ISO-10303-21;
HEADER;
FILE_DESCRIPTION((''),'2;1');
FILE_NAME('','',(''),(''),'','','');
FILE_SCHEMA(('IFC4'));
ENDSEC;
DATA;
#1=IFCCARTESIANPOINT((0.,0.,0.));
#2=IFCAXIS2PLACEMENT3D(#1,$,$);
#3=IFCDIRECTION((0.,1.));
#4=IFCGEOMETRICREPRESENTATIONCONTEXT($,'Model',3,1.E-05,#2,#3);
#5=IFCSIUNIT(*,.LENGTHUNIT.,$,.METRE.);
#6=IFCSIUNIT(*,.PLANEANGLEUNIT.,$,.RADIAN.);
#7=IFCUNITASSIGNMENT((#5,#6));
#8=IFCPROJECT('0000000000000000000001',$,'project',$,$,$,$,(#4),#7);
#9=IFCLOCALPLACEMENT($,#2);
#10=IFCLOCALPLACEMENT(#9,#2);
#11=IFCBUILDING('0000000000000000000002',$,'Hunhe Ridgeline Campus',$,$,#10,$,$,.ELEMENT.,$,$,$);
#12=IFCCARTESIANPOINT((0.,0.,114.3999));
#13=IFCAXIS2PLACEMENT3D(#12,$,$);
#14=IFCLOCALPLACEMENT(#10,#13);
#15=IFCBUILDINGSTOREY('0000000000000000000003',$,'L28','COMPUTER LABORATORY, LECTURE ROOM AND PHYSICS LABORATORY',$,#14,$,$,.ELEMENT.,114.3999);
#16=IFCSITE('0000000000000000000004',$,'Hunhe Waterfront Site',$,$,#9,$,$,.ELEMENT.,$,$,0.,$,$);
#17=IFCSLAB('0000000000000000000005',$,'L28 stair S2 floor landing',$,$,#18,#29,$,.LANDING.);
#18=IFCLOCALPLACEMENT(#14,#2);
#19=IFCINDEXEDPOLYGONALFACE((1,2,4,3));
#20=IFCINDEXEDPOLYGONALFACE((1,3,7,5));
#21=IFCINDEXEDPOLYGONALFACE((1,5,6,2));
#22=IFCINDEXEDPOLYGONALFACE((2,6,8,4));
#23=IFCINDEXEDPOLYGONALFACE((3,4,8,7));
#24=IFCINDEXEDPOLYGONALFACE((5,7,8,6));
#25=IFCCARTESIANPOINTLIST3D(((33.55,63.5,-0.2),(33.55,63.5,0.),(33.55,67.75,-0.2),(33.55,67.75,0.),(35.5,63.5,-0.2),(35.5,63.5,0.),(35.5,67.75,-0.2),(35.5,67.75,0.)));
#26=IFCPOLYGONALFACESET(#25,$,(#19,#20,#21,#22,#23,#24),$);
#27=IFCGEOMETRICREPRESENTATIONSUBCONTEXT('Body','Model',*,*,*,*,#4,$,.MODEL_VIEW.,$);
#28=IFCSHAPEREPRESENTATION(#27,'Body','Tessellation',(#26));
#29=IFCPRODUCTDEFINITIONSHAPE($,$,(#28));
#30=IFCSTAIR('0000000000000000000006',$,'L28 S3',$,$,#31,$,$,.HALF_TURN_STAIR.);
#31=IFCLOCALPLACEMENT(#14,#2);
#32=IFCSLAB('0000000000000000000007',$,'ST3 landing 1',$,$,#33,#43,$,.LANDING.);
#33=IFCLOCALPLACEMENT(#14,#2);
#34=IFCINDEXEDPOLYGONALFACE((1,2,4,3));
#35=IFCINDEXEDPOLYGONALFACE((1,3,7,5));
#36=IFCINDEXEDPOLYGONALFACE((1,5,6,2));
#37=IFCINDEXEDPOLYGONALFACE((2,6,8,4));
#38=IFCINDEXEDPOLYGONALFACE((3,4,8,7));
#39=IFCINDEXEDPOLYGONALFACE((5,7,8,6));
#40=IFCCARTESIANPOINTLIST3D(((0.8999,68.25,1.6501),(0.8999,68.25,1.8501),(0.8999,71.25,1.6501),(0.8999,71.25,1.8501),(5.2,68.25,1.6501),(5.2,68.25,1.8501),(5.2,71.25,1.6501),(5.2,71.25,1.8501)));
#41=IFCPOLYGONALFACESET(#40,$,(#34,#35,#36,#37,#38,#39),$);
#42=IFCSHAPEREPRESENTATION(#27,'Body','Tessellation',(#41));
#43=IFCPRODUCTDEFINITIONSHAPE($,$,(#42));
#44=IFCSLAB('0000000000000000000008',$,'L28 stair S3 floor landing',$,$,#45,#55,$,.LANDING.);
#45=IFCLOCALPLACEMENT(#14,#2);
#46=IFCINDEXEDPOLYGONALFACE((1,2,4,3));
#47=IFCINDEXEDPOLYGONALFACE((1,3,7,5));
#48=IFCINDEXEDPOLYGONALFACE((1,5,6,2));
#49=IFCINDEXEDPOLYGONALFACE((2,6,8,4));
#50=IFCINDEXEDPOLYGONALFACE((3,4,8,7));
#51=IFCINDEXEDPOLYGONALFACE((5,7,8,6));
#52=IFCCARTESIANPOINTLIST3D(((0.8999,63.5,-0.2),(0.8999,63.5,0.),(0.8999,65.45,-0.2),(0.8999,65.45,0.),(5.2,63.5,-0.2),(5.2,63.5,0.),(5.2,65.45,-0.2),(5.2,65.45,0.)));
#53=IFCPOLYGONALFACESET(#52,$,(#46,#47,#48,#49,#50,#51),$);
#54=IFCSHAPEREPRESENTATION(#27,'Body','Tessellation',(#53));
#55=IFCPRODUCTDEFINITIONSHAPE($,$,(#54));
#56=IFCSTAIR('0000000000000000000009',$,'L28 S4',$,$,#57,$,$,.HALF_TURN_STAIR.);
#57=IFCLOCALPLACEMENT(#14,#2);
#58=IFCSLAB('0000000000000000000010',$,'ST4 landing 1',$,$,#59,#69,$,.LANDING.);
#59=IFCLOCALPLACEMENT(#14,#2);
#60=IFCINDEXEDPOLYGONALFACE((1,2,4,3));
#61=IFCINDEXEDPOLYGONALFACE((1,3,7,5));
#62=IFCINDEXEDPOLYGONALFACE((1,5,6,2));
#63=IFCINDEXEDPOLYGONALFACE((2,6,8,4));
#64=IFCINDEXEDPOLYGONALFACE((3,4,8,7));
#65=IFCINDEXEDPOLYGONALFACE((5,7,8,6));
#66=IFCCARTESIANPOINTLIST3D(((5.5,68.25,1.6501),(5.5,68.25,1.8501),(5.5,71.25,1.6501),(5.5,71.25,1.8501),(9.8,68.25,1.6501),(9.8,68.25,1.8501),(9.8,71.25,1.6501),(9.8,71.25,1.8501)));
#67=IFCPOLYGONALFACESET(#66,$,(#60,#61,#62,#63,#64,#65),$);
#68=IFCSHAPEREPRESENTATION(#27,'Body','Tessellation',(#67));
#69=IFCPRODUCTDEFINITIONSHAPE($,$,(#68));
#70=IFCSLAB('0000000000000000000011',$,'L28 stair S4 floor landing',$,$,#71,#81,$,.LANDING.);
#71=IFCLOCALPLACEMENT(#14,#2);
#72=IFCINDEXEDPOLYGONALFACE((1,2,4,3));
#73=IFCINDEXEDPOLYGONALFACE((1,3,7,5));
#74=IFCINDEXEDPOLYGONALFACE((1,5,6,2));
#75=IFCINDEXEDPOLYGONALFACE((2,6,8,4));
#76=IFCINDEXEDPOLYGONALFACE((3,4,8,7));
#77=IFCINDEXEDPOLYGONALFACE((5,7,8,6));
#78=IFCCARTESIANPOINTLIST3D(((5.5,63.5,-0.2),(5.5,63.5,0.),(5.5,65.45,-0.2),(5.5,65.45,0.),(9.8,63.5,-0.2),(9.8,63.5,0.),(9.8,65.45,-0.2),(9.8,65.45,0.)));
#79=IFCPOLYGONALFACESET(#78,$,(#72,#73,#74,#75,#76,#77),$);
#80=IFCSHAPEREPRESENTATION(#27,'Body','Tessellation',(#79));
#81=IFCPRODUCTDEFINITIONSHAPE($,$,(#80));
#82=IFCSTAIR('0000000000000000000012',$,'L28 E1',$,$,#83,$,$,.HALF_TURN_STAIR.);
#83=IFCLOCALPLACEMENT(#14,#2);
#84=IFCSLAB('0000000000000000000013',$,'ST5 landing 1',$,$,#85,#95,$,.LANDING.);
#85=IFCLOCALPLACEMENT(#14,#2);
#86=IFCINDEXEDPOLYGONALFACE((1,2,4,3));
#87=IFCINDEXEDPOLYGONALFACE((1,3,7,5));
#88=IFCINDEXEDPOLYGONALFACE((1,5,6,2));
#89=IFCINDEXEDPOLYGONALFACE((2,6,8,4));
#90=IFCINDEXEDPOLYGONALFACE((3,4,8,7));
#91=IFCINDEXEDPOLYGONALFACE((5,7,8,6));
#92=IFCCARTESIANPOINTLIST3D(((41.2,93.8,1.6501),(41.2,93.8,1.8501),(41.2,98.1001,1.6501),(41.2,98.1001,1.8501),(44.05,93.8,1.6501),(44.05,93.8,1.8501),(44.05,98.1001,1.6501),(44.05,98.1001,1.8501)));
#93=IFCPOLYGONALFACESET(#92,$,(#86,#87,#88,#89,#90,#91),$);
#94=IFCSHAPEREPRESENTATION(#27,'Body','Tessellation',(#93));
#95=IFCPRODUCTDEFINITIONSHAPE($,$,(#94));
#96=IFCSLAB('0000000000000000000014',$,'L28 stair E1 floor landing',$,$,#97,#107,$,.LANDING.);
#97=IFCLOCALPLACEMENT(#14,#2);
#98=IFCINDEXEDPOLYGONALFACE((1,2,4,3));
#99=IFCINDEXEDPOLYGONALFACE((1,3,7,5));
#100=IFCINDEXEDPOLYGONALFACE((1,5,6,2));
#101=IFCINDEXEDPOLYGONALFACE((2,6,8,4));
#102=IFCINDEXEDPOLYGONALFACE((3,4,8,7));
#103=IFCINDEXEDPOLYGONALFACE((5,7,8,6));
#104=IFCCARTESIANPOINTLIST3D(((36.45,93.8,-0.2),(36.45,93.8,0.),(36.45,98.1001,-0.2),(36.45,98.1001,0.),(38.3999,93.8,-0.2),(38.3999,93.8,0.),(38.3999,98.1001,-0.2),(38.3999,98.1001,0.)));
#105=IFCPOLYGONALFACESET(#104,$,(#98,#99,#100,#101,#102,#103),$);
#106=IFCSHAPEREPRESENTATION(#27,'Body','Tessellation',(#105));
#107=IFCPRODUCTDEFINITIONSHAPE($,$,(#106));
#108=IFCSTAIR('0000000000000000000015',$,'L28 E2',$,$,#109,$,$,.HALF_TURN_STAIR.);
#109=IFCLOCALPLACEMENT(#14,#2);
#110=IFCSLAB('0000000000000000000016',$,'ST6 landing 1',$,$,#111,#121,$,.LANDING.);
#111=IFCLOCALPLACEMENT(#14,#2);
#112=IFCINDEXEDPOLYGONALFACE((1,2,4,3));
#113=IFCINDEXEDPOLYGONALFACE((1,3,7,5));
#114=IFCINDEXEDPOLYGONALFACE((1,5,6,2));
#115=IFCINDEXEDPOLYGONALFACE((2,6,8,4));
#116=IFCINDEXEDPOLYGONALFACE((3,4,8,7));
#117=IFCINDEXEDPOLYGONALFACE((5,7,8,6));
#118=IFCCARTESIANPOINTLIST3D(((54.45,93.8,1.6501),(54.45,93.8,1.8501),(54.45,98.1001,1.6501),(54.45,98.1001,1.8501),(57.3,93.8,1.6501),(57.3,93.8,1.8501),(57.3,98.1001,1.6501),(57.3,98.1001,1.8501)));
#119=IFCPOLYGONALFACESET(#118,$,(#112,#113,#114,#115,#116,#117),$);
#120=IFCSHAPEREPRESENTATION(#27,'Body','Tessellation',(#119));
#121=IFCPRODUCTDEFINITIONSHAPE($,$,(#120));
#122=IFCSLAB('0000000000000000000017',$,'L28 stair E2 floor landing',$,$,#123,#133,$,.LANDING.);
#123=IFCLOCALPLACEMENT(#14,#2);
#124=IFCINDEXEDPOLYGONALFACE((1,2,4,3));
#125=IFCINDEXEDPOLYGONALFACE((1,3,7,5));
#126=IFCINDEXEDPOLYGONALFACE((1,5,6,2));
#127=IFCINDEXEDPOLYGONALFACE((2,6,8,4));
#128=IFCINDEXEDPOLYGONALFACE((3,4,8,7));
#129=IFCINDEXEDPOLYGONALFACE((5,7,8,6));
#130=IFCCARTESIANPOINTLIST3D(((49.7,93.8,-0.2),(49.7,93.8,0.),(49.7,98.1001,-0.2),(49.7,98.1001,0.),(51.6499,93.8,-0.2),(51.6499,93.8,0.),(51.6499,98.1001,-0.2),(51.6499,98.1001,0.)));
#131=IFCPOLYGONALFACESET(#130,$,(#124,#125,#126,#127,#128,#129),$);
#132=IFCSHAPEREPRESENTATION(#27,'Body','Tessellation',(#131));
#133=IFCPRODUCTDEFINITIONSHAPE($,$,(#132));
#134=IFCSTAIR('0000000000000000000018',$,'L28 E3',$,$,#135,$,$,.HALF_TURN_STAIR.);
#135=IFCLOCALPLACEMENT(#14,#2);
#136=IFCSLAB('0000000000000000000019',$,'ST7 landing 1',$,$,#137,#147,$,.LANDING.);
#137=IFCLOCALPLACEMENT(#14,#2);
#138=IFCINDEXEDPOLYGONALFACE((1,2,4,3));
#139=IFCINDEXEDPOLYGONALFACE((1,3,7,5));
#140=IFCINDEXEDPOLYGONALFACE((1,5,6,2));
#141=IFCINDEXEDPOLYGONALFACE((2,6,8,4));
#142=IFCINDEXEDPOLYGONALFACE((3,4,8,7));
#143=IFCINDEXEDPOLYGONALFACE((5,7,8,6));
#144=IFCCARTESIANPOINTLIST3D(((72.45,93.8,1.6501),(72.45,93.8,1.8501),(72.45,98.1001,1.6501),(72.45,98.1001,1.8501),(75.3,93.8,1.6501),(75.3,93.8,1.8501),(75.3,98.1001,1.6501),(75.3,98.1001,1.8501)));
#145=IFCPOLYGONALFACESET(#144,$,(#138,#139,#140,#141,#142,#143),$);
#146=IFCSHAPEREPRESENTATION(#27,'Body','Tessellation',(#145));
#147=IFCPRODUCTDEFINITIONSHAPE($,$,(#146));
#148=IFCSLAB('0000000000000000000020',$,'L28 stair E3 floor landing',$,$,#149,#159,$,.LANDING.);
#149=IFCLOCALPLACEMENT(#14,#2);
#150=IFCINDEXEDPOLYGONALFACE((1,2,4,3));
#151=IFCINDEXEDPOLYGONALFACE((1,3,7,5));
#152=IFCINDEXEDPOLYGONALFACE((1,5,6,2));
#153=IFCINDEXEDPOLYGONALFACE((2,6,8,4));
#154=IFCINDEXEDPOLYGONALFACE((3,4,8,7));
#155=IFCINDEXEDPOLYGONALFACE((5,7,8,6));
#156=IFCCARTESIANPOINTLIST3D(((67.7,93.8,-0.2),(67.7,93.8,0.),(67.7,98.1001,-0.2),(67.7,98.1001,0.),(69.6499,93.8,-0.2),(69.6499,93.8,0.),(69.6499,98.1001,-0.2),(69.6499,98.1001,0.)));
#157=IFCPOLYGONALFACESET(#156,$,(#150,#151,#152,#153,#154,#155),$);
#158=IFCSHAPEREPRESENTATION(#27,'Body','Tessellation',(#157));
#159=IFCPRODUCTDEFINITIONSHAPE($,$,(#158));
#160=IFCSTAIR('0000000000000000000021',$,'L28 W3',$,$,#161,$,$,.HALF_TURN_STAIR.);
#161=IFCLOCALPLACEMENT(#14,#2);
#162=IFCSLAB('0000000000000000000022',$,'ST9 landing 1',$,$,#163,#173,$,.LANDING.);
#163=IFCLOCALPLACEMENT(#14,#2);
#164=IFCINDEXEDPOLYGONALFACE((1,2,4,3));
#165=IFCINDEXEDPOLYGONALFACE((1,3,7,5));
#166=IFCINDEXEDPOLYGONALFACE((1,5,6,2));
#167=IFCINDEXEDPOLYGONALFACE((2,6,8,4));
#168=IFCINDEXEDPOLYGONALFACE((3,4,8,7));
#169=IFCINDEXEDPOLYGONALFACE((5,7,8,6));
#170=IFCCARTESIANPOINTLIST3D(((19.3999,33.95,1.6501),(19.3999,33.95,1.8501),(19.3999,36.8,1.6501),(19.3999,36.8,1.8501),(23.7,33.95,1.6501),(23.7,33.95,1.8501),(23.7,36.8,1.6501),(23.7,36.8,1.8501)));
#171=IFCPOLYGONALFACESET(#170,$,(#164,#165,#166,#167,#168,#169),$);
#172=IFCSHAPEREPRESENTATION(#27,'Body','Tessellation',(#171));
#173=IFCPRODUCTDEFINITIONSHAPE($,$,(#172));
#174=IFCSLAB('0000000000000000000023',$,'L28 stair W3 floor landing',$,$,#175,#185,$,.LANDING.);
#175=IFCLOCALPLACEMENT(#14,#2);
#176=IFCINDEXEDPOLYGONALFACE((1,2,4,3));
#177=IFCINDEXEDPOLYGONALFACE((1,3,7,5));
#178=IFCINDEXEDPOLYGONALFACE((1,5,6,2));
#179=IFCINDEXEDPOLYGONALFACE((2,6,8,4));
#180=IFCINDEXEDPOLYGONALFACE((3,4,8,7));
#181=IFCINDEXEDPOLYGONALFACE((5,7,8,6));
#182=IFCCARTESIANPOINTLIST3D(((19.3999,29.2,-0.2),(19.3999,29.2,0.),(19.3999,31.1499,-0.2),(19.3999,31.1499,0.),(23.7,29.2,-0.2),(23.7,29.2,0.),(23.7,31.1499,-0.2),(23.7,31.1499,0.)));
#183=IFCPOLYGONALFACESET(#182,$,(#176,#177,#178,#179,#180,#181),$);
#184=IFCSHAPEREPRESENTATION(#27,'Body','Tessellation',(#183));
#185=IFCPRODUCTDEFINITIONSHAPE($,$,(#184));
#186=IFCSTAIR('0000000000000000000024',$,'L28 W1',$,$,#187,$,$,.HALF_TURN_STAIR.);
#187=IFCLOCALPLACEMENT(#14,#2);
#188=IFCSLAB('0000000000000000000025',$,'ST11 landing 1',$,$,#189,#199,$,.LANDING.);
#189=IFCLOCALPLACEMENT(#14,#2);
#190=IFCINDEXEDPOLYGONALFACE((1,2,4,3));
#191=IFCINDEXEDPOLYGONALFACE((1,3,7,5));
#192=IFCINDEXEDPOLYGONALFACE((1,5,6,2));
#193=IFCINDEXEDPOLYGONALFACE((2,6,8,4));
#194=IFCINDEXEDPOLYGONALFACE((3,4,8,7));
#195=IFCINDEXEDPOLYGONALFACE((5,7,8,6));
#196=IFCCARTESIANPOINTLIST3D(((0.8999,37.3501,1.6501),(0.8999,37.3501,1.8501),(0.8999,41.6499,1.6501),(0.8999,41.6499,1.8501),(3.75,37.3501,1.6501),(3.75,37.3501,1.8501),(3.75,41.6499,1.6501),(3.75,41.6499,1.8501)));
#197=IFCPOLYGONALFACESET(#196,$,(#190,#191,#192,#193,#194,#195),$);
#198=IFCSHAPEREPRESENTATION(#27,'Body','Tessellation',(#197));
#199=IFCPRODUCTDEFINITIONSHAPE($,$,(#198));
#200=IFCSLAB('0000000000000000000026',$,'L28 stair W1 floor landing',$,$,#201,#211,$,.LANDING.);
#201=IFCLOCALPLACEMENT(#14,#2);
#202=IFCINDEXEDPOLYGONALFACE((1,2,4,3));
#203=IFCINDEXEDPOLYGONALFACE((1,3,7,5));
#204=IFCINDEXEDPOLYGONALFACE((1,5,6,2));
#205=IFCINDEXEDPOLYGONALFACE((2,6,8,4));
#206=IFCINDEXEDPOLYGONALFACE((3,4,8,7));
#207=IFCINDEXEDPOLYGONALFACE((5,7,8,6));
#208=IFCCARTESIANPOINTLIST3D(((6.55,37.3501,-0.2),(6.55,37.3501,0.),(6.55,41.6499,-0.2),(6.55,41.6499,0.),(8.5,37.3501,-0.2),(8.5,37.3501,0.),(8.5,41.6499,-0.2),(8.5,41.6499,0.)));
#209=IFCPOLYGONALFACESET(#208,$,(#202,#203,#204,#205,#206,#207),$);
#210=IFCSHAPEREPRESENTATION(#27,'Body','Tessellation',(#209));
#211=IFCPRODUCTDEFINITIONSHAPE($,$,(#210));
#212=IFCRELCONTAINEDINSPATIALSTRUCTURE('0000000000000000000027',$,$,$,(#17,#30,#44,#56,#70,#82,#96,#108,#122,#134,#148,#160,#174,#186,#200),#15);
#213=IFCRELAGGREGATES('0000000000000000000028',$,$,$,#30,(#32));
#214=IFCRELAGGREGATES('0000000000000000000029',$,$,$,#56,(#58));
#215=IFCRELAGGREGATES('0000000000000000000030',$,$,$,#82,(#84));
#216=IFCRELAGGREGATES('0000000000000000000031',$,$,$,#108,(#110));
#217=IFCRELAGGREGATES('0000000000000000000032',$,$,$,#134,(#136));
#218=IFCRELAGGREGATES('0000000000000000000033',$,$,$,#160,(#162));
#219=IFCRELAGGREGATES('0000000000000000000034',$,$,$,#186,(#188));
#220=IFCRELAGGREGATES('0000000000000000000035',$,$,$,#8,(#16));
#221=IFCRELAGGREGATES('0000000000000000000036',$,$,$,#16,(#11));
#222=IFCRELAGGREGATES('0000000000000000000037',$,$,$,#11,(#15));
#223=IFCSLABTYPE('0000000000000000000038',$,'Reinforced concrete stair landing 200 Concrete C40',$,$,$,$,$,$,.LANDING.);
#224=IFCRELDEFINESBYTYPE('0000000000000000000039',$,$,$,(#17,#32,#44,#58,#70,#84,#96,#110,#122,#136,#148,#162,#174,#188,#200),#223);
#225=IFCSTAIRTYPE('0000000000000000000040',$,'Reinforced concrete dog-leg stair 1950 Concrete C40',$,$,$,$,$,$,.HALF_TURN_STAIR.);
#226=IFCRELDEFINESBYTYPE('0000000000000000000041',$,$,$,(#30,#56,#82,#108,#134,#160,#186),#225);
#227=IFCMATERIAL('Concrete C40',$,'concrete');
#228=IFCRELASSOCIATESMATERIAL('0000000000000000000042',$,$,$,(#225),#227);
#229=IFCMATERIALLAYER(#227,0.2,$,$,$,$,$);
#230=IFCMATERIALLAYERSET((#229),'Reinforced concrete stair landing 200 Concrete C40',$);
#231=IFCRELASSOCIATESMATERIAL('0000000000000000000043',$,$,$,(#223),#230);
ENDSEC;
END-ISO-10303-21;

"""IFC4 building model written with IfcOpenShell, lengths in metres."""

from ifc_helpers import new_model, si_unit, direction, frame, origin, place, context, subcontext, project, spatial, polyline, outline, extrude, material, layer, layer_set, type_object, element, aggregate, save


model = new_model("IFC4")

# Units and contexts
model_context = context("Model", 3, precision=1e-05, world=origin(), true_north=direction((0.0, 1.0)))
body_context = subcontext(model_context, "Body", "Model", "MODEL_VIEW")
ifc_project = project(units=[si_unit("LENGTHUNIT", "METRE"), si_unit("PLANEANGLEUNIT", "RADIAN")], contexts=[model_context])

# Site, building, storey
site_placement = place(None, origin())
site = spatial("IfcSite", under=ifc_project, at=site_placement, Name="Hunhe Waterfront Site", CompositionType="ELEMENT", RefElevation=0.0)
building_placement = place(site_placement, origin())
building = spatial("IfcBuilding", under=site, at=building_placement, Name="Hunhe Ridgeline Campus", CompositionType="ELEMENT")
storey_placement = place(building_placement, frame((0.0, 0.0, 114.3999)))
storey = spatial("IfcBuildingStorey", under=building, at=storey_placement, Name="L28", Description="COMPUTER LABORATORY, LECTURE ROOM AND PHYSICS LABORATORY", CompositionType="ELEMENT", Elevation=114.3999)

# Shared definitions
ifc_material_1 = material(Name="Concrete C40", Category="concrete")

# Shared definitions
stair_type = type_object("IfcStairType", Name="Reinforced concrete dog-leg stair 1950 Concrete C40", PredefinedType="HALF_TURN_STAIR", material=ifc_material_1)
ifc_layer_1 = layer(ifc_material_1, 0.2)
ifc_layer_set_1 = layer_set([ifc_layer_1], Name="Reinforced concrete stair landing 200 Concrete C40")
slab_type_1 = type_object("IfcSlabType", Name="Reinforced concrete stair landing 200 Concrete C40", PredefinedType="LANDING", material=ifc_layer_set_1)

# Slab
slab_1_placement = place(storey_placement, frame((0.0, 0.0, -0.2)))
element("IfcSlab", 1, at=slab_1_placement, inside=storey, type_object=slab_type_1, Name="L28 stair S2 floor landing", PredefinedType="LANDING", context=body_context, shape_type="SweptSolid", body=[
    extrude(outline(polyline([(35.5, 67.75), (33.55, 67.75), (33.55, 63.5), (35.5, 63.5), (35.5, 67.75)])), origin(), (0.0, 0.0, 1.0), 0.2),
])

# Stair, slab
stair_1_placement = place(storey_placement, origin())
stair_1 = element("IfcStair", 2, at=stair_1_placement, inside=storey, type_object=stair_type, Name="L28 S3", PredefinedType="HALF_TURN_STAIR")
slab_2_placement = place(storey_placement, frame((0.0, 0.0, 1.6501)))
slab_2 = element("IfcSlab", 3, at=slab_2_placement, type_object=slab_type_1, Name="ST3 landing 1", PredefinedType="LANDING", context=body_context, shape_type="SweptSolid", body=[
    extrude(outline(polyline([(5.2, 68.25), (5.2, 71.25), (0.8999, 71.25), (0.8999, 68.25), (5.2, 68.25)])), origin(), (0.0, 0.0, 1.0), 0.2),
])
aggregate(stair_1, [slab_2])

# Slab
slab_3_placement = place(storey_placement, frame((0.0, 0.0, -0.2)))
element("IfcSlab", 4, at=slab_3_placement, inside=storey, type_object=slab_type_1, Name="L28 stair S3 floor landing", PredefinedType="LANDING", context=body_context, shape_type="SweptSolid", body=[
    extrude(outline(polyline([(5.2, 63.5), (5.2, 65.45), (0.8999, 65.45), (0.8999, 63.5), (5.2, 63.5)])), origin(), (0.0, 0.0, 1.0), 0.2),
])

# Stair, slab
stair_2_placement = place(storey_placement, origin())
stair_2 = element("IfcStair", 5, at=stair_2_placement, inside=storey, type_object=stair_type, Name="L28 S4", PredefinedType="HALF_TURN_STAIR")
slab_4_placement = place(storey_placement, frame((0.0, 0.0, 1.6501)))
slab_4 = element("IfcSlab", 6, at=slab_4_placement, type_object=slab_type_1, Name="ST4 landing 1", PredefinedType="LANDING", context=body_context, shape_type="SweptSolid", body=[
    extrude(outline(polyline([(9.8, 68.25), (9.8, 71.25), (5.5, 71.25), (5.5, 68.25), (9.8, 68.25)])), origin(), (0.0, 0.0, 1.0), 0.2),
])
aggregate(stair_2, [slab_4])

# Slab
slab_5_placement = place(storey_placement, frame((0.0, 0.0, -0.2)))
element("IfcSlab", 7, at=slab_5_placement, inside=storey, type_object=slab_type_1, Name="L28 stair S4 floor landing", PredefinedType="LANDING", context=body_context, shape_type="SweptSolid", body=[
    extrude(outline(polyline([(9.8, 63.5), (9.8, 65.45), (5.5, 65.45), (5.5, 63.5), (9.8, 63.5)])), origin(), (0.0, 0.0, 1.0), 0.2),
])

# Stair, slab
stair_3_placement = place(storey_placement, origin())
stair_3 = element("IfcStair", 8, at=stair_3_placement, inside=storey, type_object=stair_type, Name="L28 E1", PredefinedType="HALF_TURN_STAIR")
slab_6_placement = place(storey_placement, frame((0.0, 0.0, 1.6501)))
slab_6 = element("IfcSlab", 9, at=slab_6_placement, type_object=slab_type_1, Name="ST5 landing 1", PredefinedType="LANDING", context=body_context, shape_type="SweptSolid", body=[
    extrude(outline(polyline([(41.2, 93.8), (44.05, 93.8), (44.05, 98.1001), (41.2, 98.1001), (41.2, 93.8)])), origin(), (0.0, 0.0, 1.0), 0.2),
])
aggregate(stair_3, [slab_6])

# Slab
slab_7_placement = place(storey_placement, frame((0.0, 0.0, -0.2)))
element("IfcSlab", 10, at=slab_7_placement, inside=storey, type_object=slab_type_1, Name="L28 stair E1 floor landing", PredefinedType="LANDING", context=body_context, shape_type="SweptSolid", body=[
    extrude(outline(polyline([(36.45, 93.8), (38.3999, 93.8), (38.3999, 98.1001), (36.45, 98.1001), (36.45, 93.8)])), origin(), (0.0, 0.0, 1.0), 0.2),
])

# Stair, slab
stair_4_placement = place(storey_placement, origin())
stair_4 = element("IfcStair", 11, at=stair_4_placement, inside=storey, type_object=stair_type, Name="L28 E2", PredefinedType="HALF_TURN_STAIR")
slab_8_placement = place(storey_placement, frame((0.0, 0.0, 1.6501)))
slab_8 = element("IfcSlab", 12, at=slab_8_placement, type_object=slab_type_1, Name="ST6 landing 1", PredefinedType="LANDING", context=body_context, shape_type="SweptSolid", body=[
    extrude(outline(polyline([(54.45, 93.8), (57.3, 93.8), (57.3, 98.1001), (54.45, 98.1001), (54.45, 93.8)])), origin(), (0.0, 0.0, 1.0), 0.2),
])
aggregate(stair_4, [slab_8])

# Slab
slab_9_placement = place(storey_placement, frame((0.0, 0.0, -0.2)))
element("IfcSlab", 13, at=slab_9_placement, inside=storey, type_object=slab_type_1, Name="L28 stair E2 floor landing", PredefinedType="LANDING", context=body_context, shape_type="SweptSolid", body=[
    extrude(outline(polyline([(49.7, 93.8), (51.6499, 93.8), (51.6499, 98.1001), (49.7, 98.1001), (49.7, 93.8)])), origin(), (0.0, 0.0, 1.0), 0.2),
])

# Stair, slab
stair_5_placement = place(storey_placement, origin())
stair_5 = element("IfcStair", 14, at=stair_5_placement, inside=storey, type_object=stair_type, Name="L28 E3", PredefinedType="HALF_TURN_STAIR")
slab_10_placement = place(storey_placement, frame((0.0, 0.0, 1.6501)))
slab_10 = element("IfcSlab", 15, at=slab_10_placement, type_object=slab_type_1, Name="ST7 landing 1", PredefinedType="LANDING", context=body_context, shape_type="SweptSolid", body=[
    extrude(outline(polyline([(72.45, 93.8), (75.3, 93.8), (75.3, 98.1001), (72.45, 98.1001), (72.45, 93.8)])), origin(), (0.0, 0.0, 1.0), 0.2),
])
aggregate(stair_5, [slab_10])

# Slab
slab_11_placement = place(storey_placement, frame((0.0, 0.0, -0.2)))
element("IfcSlab", 16, at=slab_11_placement, inside=storey, type_object=slab_type_1, Name="L28 stair E3 floor landing", PredefinedType="LANDING", context=body_context, shape_type="SweptSolid", body=[
    extrude(outline(polyline([(67.7, 93.8), (69.6499, 93.8), (69.6499, 98.1001), (67.7, 98.1001), (67.7, 93.8)])), origin(), (0.0, 0.0, 1.0), 0.2),
])

# Stair, slab
stair_6_placement = place(storey_placement, origin())
stair_6 = element("IfcStair", 17, at=stair_6_placement, inside=storey, type_object=stair_type, Name="L28 W3", PredefinedType="HALF_TURN_STAIR")
slab_12_placement = place(storey_placement, frame((0.0, 0.0, 1.6501)))
slab_12 = element("IfcSlab", 18, at=slab_12_placement, type_object=slab_type_1, Name="ST9 landing 1", PredefinedType="LANDING", context=body_context, shape_type="SweptSolid", body=[
    extrude(outline(polyline([(23.7, 33.95), (23.7, 36.8), (19.3999, 36.8), (19.3999, 33.95), (23.7, 33.95)])), origin(), (0.0, 0.0, 1.0), 0.2),
])
aggregate(stair_6, [slab_12])

# Slab
slab_13_placement = place(storey_placement, frame((0.0, 0.0, -0.2)))
element("IfcSlab", 19, at=slab_13_placement, inside=storey, type_object=slab_type_1, Name="L28 stair W3 floor landing", PredefinedType="LANDING", context=body_context, shape_type="SweptSolid", body=[
    extrude(outline(polyline([(23.7, 29.2), (23.7, 31.1499), (19.3999, 31.1499), (19.3999, 29.2), (23.7, 29.2)])), origin(), (0.0, 0.0, 1.0), 0.2),
])

# Stair, slab
stair_7_placement = place(storey_placement, origin())
stair_7 = element("IfcStair", 20, at=stair_7_placement, inside=storey, type_object=stair_type, Name="L28 W1", PredefinedType="HALF_TURN_STAIR")
slab_14_placement = place(storey_placement, frame((0.0, 0.0, 1.6501)))
slab_14 = element("IfcSlab", 21, at=slab_14_placement, type_object=slab_type_1, Name="ST11 landing 1", PredefinedType="LANDING", context=body_context, shape_type="SweptSolid", body=[
    extrude(outline(polyline([(3.75, 41.6499), (0.8999, 41.6499), (0.8999, 37.3501), (3.75, 37.3501), (3.75, 41.6499)])), origin(), (0.0, 0.0, 1.0), 0.2),
])
aggregate(stair_7, [slab_14])

# Slab
slab_15_placement = place(storey_placement, frame((0.0, 0.0, -0.2)))
element("IfcSlab", 22, at=slab_15_placement, inside=storey, type_object=slab_type_1, Name="L28 stair W1 floor landing", PredefinedType="LANDING", context=body_context, shape_type="SweptSolid", body=[
    extrude(outline(polyline([(8.5, 41.6499), (6.55, 41.6499), (6.55, 37.3501), (8.5, 37.3501), (8.5, 41.6499)])), origin(), (0.0, 0.0, 1.0), 0.2),
])

save(model, "model.ifc")
